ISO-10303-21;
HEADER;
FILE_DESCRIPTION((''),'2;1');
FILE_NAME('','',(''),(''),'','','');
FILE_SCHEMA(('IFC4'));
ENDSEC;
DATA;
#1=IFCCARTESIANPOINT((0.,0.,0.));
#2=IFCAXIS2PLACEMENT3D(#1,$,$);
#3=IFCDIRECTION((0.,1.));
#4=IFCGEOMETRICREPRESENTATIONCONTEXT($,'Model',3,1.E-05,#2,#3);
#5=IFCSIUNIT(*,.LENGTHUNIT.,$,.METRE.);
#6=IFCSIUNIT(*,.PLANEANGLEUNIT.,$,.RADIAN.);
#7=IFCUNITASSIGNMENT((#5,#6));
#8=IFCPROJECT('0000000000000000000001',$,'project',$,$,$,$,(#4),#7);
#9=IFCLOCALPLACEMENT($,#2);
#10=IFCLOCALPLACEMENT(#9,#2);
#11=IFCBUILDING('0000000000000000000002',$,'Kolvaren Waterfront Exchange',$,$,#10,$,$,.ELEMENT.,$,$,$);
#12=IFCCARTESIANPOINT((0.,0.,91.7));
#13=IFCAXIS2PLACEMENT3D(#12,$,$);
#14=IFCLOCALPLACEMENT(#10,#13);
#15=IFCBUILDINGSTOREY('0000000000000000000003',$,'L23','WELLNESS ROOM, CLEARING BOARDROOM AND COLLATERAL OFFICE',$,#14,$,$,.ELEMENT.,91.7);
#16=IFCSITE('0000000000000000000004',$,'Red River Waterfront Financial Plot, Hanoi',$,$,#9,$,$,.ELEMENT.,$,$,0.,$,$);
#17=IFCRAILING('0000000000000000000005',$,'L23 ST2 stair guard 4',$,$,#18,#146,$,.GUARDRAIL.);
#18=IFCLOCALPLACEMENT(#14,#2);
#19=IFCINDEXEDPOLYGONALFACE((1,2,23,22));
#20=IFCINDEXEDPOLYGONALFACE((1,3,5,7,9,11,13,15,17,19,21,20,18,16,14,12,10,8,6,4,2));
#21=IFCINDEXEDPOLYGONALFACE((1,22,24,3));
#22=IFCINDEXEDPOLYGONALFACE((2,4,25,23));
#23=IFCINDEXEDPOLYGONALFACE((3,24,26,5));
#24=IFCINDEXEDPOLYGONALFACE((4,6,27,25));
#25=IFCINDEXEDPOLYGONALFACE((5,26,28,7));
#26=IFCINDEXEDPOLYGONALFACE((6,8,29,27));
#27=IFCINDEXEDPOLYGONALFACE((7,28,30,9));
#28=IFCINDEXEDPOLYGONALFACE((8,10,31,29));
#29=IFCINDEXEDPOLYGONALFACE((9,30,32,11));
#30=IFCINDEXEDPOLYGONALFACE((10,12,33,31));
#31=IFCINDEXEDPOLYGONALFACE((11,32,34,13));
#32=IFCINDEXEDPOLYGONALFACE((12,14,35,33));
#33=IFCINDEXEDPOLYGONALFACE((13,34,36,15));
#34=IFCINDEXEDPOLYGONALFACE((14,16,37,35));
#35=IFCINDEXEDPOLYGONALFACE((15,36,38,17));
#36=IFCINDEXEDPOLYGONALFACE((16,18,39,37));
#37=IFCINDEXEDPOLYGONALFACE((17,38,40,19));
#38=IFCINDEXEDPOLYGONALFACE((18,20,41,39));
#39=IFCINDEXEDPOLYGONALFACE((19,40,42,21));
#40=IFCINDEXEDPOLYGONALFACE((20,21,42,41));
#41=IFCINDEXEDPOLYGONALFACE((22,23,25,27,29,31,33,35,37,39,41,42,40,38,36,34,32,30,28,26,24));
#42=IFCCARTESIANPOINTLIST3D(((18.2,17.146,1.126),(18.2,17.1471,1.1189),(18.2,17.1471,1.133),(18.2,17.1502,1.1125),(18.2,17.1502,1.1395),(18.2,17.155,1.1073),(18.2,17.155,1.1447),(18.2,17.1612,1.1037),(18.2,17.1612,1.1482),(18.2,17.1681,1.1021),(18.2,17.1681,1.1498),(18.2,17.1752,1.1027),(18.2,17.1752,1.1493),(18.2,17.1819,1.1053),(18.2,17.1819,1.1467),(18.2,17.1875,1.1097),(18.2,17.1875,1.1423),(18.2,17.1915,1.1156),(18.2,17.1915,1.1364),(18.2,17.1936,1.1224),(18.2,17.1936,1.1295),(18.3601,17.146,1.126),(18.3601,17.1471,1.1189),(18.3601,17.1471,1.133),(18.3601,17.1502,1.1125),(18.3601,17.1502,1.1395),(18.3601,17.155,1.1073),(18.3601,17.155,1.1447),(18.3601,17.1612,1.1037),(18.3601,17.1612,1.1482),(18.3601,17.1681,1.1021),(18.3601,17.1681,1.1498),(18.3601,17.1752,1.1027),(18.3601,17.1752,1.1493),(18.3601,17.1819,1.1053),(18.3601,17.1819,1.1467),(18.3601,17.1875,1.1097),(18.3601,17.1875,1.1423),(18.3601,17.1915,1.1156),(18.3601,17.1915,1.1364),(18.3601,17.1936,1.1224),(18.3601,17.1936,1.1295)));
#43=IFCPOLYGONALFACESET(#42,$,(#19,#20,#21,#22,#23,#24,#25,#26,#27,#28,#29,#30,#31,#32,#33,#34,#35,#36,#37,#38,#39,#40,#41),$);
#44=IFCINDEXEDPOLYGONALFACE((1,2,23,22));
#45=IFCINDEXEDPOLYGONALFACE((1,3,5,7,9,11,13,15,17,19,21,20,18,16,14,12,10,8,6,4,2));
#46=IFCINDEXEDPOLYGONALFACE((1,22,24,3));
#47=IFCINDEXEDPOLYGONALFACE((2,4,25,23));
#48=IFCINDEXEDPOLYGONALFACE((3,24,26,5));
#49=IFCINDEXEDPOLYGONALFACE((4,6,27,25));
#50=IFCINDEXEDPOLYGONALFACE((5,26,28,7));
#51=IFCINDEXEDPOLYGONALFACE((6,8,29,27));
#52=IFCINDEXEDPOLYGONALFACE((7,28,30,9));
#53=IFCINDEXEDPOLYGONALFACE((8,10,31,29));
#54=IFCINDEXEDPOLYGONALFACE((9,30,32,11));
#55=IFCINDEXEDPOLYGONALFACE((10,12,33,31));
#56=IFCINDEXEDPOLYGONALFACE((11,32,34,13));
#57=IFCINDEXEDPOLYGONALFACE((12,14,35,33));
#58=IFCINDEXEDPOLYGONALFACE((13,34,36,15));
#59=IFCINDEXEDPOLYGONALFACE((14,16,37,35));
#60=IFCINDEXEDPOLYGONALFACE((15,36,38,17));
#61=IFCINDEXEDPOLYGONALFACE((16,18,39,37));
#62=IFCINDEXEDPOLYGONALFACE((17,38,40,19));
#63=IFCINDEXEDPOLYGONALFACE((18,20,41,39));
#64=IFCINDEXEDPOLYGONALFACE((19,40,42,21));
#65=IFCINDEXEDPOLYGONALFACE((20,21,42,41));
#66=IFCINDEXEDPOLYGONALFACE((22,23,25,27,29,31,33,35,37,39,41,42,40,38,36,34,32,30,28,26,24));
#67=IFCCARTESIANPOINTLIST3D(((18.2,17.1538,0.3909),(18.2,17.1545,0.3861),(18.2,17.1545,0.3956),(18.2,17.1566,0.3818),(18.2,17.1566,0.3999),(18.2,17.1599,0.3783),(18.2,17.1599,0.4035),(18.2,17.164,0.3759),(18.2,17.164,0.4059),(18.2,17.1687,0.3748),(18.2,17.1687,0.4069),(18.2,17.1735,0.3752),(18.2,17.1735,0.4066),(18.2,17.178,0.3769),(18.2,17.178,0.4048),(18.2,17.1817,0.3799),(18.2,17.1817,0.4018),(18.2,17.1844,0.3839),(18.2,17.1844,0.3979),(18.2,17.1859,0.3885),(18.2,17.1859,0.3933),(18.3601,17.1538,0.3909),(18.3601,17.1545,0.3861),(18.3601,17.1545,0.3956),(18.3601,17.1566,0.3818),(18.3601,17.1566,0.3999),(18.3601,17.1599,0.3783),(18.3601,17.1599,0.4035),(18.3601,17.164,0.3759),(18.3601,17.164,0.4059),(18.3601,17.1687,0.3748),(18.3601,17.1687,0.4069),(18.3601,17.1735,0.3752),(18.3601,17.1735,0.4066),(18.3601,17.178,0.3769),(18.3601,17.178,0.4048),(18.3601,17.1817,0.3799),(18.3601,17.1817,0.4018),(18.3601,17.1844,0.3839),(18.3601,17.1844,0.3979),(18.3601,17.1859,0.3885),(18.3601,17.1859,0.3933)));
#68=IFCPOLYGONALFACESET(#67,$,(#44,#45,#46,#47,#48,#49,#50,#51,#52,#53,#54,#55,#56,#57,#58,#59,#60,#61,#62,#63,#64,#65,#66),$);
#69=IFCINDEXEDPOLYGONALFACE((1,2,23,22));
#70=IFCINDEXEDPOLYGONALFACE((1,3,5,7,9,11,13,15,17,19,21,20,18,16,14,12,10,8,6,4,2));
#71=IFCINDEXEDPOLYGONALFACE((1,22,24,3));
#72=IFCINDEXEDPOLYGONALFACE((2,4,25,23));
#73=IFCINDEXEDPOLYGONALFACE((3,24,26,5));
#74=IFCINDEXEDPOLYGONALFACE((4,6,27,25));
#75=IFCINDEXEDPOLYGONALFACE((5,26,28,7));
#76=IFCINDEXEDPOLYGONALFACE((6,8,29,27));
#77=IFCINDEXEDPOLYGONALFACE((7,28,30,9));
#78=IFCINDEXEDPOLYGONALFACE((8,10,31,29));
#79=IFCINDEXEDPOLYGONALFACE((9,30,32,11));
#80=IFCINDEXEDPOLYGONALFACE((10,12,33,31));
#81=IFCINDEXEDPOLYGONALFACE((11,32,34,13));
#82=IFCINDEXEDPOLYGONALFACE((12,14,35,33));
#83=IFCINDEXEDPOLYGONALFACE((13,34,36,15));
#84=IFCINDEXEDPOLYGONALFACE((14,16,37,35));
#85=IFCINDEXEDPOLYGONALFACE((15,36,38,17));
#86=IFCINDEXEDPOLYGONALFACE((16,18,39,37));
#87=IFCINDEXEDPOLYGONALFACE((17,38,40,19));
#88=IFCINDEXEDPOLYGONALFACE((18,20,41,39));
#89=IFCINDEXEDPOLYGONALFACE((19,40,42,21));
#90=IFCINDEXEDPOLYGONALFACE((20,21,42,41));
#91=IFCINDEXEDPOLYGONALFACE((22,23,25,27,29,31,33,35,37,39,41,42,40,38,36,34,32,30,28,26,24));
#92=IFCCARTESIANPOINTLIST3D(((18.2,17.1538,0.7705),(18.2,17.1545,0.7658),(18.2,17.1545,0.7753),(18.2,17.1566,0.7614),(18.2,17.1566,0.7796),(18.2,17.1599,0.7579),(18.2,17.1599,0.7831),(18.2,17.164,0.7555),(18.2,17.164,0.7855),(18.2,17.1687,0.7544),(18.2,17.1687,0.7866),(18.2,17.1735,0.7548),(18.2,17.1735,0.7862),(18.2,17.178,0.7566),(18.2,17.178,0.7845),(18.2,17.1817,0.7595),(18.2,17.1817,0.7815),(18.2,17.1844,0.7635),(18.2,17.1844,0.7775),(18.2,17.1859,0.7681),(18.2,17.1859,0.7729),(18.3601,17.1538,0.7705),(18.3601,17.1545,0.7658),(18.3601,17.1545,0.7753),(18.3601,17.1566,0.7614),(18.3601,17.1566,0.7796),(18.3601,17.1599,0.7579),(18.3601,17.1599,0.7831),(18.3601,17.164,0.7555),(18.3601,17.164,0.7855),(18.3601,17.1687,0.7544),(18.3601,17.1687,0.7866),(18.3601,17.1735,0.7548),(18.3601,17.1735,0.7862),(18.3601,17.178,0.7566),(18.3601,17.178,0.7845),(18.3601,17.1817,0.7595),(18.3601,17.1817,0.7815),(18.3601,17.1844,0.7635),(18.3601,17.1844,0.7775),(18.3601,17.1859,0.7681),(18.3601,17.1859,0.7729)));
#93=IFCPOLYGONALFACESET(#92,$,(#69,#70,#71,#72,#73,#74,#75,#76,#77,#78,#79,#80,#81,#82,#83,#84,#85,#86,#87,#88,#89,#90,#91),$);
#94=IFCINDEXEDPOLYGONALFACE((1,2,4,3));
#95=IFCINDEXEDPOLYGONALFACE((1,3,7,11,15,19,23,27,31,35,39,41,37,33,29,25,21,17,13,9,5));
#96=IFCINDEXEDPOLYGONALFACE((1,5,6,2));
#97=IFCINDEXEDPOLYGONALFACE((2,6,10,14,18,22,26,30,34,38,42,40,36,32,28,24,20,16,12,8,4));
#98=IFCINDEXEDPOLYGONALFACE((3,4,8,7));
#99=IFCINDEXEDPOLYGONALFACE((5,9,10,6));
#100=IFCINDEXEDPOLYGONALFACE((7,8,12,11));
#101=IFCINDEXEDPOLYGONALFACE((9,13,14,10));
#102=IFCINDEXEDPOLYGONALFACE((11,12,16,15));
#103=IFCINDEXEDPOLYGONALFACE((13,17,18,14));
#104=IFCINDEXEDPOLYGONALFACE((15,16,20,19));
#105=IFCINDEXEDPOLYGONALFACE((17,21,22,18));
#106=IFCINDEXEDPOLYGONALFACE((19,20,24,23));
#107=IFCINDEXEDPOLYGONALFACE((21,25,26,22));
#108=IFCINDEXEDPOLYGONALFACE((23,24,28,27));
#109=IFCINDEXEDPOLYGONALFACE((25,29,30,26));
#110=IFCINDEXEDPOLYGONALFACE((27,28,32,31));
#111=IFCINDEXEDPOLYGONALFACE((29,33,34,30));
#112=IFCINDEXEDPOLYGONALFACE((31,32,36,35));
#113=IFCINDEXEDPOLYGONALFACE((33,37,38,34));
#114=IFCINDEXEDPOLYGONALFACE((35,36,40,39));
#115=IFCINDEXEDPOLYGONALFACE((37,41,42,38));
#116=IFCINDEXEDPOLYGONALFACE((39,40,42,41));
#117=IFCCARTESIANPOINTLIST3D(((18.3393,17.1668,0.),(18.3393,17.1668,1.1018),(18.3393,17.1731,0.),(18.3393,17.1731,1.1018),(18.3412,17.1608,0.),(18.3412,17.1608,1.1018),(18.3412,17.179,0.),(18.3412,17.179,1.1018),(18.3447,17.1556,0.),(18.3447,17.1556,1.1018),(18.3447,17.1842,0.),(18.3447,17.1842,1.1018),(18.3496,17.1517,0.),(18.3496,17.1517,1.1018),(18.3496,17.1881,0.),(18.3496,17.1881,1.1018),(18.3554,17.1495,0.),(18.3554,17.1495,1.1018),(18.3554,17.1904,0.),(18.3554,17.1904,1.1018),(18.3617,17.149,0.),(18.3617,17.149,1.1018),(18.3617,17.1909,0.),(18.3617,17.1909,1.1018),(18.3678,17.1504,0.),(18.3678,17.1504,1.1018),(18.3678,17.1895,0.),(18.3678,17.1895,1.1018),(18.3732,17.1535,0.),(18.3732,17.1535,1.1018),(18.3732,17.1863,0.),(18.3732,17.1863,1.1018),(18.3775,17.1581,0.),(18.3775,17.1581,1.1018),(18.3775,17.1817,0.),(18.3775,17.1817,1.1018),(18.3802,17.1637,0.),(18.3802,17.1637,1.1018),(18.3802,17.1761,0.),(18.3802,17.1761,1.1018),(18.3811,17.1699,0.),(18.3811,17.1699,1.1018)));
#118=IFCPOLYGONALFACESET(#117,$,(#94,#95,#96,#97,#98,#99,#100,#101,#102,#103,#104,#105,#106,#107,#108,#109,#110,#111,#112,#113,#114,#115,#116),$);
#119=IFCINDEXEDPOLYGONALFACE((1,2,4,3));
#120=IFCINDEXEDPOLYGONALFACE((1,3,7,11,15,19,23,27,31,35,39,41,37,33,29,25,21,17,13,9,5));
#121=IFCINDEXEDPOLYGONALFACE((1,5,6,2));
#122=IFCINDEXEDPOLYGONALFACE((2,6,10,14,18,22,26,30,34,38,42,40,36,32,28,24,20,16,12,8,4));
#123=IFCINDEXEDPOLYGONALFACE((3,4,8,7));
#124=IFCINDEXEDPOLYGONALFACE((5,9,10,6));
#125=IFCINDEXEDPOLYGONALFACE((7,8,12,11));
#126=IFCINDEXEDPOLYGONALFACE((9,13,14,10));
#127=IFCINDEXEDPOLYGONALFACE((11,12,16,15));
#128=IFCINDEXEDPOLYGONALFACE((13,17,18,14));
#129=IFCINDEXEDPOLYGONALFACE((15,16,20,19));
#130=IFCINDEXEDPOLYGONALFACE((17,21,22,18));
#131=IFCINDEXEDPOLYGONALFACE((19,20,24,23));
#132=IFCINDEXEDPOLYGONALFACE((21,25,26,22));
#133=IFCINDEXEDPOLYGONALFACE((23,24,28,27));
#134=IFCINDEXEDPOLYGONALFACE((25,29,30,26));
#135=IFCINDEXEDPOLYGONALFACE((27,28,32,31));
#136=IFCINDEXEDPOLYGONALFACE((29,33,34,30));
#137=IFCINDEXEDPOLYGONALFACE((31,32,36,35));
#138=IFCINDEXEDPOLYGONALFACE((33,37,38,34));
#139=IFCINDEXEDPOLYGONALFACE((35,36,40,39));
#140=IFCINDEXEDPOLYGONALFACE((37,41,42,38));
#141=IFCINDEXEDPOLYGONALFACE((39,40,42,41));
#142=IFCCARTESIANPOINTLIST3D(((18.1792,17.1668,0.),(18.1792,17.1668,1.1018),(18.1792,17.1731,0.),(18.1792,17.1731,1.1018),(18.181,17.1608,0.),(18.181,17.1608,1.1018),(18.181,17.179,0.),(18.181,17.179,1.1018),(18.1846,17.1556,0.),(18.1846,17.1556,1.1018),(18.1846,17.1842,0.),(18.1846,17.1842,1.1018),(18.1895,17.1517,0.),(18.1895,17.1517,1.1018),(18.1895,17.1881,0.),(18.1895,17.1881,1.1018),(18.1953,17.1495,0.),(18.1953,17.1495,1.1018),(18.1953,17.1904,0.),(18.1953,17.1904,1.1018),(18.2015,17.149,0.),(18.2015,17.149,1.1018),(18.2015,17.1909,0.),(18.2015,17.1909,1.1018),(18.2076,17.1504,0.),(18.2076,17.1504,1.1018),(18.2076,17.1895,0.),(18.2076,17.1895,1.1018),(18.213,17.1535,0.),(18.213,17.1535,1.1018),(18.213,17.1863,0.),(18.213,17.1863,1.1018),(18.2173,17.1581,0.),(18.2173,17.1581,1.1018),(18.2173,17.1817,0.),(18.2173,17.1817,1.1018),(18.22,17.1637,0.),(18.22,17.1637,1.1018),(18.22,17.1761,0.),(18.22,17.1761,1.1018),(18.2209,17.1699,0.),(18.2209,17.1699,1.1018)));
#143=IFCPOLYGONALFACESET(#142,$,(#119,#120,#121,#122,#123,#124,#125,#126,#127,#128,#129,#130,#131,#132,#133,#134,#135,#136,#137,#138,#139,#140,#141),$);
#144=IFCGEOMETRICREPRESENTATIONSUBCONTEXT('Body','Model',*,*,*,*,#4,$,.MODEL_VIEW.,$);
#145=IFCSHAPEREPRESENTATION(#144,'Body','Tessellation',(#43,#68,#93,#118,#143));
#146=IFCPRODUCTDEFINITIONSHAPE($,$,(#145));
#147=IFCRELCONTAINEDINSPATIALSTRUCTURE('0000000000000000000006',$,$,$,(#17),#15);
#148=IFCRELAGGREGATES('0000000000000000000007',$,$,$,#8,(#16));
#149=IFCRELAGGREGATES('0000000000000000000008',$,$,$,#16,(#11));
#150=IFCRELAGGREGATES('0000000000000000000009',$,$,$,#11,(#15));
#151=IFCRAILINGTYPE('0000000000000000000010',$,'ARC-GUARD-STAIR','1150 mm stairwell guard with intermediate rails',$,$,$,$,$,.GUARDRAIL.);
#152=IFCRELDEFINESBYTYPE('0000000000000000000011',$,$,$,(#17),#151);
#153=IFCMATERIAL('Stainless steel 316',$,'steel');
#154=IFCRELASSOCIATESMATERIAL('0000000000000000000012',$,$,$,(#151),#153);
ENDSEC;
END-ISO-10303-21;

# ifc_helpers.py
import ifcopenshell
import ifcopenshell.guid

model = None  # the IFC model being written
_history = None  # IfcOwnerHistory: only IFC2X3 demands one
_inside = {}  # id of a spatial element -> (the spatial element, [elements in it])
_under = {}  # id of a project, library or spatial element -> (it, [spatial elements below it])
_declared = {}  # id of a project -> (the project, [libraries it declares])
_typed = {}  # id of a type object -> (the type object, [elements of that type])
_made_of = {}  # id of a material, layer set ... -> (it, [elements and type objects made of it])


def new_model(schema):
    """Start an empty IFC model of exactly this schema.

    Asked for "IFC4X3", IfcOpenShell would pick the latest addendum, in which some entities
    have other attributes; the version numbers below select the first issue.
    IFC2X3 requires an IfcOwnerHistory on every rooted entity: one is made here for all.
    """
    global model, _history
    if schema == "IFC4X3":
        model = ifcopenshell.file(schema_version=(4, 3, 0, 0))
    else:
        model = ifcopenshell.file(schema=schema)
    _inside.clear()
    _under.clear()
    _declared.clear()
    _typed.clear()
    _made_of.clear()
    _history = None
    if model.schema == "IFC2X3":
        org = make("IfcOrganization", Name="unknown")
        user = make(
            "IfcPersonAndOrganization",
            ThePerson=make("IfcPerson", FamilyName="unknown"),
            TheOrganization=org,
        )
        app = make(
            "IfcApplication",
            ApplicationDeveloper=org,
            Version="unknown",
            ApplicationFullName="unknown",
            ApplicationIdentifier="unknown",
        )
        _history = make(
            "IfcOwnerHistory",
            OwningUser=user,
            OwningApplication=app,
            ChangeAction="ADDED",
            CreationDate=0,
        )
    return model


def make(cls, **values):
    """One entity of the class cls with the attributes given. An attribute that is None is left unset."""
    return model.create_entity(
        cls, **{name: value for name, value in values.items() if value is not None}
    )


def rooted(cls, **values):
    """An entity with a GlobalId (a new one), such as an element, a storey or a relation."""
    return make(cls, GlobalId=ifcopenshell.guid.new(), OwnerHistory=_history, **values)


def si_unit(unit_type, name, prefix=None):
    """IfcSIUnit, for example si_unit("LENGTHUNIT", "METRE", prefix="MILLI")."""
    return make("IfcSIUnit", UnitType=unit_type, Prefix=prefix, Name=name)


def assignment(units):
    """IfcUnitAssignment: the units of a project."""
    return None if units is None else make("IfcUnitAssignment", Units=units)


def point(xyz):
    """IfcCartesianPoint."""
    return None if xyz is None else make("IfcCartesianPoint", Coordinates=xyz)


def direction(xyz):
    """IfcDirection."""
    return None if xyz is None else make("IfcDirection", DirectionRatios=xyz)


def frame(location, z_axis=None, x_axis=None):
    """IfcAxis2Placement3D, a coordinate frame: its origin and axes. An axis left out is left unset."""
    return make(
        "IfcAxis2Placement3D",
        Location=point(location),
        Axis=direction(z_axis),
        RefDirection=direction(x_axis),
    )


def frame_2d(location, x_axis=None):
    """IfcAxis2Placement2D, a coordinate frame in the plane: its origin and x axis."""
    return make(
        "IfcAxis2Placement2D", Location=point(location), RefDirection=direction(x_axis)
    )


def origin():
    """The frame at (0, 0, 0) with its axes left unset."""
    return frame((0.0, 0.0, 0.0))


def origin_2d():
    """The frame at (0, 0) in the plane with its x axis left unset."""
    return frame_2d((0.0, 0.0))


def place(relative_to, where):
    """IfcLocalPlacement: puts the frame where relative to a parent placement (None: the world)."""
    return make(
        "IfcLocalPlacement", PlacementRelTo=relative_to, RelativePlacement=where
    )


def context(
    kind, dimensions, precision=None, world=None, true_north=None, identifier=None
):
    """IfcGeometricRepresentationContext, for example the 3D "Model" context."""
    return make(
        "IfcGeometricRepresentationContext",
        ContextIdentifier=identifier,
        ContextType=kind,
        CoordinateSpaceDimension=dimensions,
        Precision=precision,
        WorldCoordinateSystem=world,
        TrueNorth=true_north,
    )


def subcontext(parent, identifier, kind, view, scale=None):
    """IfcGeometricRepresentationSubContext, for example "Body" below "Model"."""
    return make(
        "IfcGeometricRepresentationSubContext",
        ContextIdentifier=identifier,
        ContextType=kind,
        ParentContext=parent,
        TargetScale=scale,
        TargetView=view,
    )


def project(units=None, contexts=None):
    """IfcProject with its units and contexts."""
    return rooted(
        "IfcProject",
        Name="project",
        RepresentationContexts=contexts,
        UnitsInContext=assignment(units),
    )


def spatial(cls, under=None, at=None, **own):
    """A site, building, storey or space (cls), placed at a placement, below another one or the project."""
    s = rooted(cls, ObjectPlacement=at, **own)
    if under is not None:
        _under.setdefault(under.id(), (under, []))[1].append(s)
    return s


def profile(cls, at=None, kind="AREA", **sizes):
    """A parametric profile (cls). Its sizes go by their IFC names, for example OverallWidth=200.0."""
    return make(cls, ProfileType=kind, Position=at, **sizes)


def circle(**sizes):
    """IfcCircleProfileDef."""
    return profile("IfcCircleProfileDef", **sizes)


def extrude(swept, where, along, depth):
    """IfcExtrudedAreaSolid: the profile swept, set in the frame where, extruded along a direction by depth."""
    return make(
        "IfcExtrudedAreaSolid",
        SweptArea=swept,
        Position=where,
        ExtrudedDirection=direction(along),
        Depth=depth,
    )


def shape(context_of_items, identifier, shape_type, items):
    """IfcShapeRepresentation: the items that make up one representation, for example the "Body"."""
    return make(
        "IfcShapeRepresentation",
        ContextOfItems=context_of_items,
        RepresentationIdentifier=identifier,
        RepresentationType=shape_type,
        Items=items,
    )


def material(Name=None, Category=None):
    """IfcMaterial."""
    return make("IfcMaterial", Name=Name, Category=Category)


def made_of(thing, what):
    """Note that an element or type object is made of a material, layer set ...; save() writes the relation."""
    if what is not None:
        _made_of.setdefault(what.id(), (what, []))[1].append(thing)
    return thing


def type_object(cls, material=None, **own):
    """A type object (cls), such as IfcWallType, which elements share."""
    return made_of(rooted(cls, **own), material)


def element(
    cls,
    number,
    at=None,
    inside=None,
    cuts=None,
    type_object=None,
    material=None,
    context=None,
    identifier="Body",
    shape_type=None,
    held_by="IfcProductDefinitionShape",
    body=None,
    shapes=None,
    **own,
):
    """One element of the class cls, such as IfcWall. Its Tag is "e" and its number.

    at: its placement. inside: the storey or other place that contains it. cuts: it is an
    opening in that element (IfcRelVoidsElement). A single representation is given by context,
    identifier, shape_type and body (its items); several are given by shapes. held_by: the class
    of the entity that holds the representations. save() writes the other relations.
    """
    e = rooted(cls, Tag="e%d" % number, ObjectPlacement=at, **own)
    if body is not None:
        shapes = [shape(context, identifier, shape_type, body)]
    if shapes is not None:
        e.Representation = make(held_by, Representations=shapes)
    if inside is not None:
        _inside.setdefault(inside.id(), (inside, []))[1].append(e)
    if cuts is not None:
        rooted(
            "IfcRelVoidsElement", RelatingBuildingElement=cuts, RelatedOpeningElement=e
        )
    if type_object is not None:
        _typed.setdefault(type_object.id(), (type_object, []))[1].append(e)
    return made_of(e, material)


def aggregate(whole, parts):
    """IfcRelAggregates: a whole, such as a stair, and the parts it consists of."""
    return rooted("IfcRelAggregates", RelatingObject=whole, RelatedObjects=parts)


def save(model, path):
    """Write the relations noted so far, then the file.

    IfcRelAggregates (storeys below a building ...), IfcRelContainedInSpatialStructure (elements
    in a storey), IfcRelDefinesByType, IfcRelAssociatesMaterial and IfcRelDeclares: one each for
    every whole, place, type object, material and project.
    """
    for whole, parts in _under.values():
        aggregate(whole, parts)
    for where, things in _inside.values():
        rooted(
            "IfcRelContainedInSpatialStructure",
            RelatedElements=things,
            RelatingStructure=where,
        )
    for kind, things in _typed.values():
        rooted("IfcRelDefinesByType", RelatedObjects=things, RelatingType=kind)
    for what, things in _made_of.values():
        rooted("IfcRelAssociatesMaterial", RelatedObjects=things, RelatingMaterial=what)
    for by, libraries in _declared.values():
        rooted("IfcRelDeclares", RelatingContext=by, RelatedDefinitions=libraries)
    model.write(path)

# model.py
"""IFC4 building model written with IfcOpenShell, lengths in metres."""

from ifc_helpers import new_model, si_unit, direction, frame, origin, origin_2d, place, context, subcontext, project, spatial, circle, extrude, material, type_object, element, save


model = new_model("IFC4")

# Units and contexts
model_context = context("Model", 3, precision=1e-05, world=origin(), true_north=direction((0.0, 1.0)))
body_context = subcontext(model_context, "Body", "Model", "MODEL_VIEW")
ifc_project = project(units=[si_unit("LENGTHUNIT", "METRE"), si_unit("PLANEANGLEUNIT", "RADIAN")], contexts=[model_context])

# Site, building, storey
site_placement = place(None, origin())
site = spatial("IfcSite", under=ifc_project, at=site_placement, Name="Red River Waterfront Financial Plot, Hanoi", CompositionType="ELEMENT", RefElevation=0.0)
building_placement = place(site_placement, origin())
building = spatial("IfcBuilding", under=site, at=building_placement, Name="Kolvaren Waterfront Exchange", CompositionType="ELEMENT")
storey_placement = place(building_placement, frame((0.0, 0.0, 91.7)))
storey = spatial("IfcBuildingStorey", under=building, at=storey_placement, Name="L23", Description="WELLNESS ROOM, CLEARING BOARDROOM AND COLLATERAL OFFICE", CompositionType="ELEMENT", Elevation=91.7)

# Railing
ifc_material_1 = material(Name="Stainless steel 316", Category="steel")
railing_type_1 = type_object("IfcRailingType", Name="ARC-GUARD-STAIR", Description="1150 mm stairwell guard with intermediate rails", PredefinedType="GUARDRAIL", material=ifc_material_1)
railing_1_placement = place(storey_placement, frame((18.3601, 17.1699, 0.0)))
element("IfcRailing", 1, at=railing_1_placement, inside=storey, type_object=railing_type_1, Name="L23 ST2 stair guard 4", PredefinedType="GUARDRAIL", context=body_context, shape_type="SweptSolid", body=[
    extrude(circle(Radius=0.0239, at=origin_2d()), frame((0.0, 0.0, 1.126), z_axis=(-1.0, 0.0, 0.0), x_axis=(0.0, -1.0, 0.0)), (0.0, 0.0, 1.0), 0.1602),
    extrude(circle(Radius=0.0161, at=origin_2d()), frame((0.0, 0.0, 0.3909), z_axis=(-1.0, 0.0, 0.0), x_axis=(0.0, -1.0, 0.0)), (0.0, 0.0, 1.0), 0.1602),
    extrude(circle(Radius=0.0161, at=origin_2d()), frame((0.0, 0.0, 0.7705), z_axis=(-1.0, 0.0, 0.0), x_axis=(0.0, -1.0, 0.0)), (0.0, 0.0, 1.0), 0.1602),
    extrude(circle(Radius=0.021, at=origin_2d()), origin(), (0.0, 0.0, 1.0), 1.1018),
    extrude(circle(Radius=0.021, at=origin_2d()), frame((-0.1602, 0.0, 0.0)), (0.0, 0.0, 1.0), 1.1018),
])

save(model, "model.ifc")
